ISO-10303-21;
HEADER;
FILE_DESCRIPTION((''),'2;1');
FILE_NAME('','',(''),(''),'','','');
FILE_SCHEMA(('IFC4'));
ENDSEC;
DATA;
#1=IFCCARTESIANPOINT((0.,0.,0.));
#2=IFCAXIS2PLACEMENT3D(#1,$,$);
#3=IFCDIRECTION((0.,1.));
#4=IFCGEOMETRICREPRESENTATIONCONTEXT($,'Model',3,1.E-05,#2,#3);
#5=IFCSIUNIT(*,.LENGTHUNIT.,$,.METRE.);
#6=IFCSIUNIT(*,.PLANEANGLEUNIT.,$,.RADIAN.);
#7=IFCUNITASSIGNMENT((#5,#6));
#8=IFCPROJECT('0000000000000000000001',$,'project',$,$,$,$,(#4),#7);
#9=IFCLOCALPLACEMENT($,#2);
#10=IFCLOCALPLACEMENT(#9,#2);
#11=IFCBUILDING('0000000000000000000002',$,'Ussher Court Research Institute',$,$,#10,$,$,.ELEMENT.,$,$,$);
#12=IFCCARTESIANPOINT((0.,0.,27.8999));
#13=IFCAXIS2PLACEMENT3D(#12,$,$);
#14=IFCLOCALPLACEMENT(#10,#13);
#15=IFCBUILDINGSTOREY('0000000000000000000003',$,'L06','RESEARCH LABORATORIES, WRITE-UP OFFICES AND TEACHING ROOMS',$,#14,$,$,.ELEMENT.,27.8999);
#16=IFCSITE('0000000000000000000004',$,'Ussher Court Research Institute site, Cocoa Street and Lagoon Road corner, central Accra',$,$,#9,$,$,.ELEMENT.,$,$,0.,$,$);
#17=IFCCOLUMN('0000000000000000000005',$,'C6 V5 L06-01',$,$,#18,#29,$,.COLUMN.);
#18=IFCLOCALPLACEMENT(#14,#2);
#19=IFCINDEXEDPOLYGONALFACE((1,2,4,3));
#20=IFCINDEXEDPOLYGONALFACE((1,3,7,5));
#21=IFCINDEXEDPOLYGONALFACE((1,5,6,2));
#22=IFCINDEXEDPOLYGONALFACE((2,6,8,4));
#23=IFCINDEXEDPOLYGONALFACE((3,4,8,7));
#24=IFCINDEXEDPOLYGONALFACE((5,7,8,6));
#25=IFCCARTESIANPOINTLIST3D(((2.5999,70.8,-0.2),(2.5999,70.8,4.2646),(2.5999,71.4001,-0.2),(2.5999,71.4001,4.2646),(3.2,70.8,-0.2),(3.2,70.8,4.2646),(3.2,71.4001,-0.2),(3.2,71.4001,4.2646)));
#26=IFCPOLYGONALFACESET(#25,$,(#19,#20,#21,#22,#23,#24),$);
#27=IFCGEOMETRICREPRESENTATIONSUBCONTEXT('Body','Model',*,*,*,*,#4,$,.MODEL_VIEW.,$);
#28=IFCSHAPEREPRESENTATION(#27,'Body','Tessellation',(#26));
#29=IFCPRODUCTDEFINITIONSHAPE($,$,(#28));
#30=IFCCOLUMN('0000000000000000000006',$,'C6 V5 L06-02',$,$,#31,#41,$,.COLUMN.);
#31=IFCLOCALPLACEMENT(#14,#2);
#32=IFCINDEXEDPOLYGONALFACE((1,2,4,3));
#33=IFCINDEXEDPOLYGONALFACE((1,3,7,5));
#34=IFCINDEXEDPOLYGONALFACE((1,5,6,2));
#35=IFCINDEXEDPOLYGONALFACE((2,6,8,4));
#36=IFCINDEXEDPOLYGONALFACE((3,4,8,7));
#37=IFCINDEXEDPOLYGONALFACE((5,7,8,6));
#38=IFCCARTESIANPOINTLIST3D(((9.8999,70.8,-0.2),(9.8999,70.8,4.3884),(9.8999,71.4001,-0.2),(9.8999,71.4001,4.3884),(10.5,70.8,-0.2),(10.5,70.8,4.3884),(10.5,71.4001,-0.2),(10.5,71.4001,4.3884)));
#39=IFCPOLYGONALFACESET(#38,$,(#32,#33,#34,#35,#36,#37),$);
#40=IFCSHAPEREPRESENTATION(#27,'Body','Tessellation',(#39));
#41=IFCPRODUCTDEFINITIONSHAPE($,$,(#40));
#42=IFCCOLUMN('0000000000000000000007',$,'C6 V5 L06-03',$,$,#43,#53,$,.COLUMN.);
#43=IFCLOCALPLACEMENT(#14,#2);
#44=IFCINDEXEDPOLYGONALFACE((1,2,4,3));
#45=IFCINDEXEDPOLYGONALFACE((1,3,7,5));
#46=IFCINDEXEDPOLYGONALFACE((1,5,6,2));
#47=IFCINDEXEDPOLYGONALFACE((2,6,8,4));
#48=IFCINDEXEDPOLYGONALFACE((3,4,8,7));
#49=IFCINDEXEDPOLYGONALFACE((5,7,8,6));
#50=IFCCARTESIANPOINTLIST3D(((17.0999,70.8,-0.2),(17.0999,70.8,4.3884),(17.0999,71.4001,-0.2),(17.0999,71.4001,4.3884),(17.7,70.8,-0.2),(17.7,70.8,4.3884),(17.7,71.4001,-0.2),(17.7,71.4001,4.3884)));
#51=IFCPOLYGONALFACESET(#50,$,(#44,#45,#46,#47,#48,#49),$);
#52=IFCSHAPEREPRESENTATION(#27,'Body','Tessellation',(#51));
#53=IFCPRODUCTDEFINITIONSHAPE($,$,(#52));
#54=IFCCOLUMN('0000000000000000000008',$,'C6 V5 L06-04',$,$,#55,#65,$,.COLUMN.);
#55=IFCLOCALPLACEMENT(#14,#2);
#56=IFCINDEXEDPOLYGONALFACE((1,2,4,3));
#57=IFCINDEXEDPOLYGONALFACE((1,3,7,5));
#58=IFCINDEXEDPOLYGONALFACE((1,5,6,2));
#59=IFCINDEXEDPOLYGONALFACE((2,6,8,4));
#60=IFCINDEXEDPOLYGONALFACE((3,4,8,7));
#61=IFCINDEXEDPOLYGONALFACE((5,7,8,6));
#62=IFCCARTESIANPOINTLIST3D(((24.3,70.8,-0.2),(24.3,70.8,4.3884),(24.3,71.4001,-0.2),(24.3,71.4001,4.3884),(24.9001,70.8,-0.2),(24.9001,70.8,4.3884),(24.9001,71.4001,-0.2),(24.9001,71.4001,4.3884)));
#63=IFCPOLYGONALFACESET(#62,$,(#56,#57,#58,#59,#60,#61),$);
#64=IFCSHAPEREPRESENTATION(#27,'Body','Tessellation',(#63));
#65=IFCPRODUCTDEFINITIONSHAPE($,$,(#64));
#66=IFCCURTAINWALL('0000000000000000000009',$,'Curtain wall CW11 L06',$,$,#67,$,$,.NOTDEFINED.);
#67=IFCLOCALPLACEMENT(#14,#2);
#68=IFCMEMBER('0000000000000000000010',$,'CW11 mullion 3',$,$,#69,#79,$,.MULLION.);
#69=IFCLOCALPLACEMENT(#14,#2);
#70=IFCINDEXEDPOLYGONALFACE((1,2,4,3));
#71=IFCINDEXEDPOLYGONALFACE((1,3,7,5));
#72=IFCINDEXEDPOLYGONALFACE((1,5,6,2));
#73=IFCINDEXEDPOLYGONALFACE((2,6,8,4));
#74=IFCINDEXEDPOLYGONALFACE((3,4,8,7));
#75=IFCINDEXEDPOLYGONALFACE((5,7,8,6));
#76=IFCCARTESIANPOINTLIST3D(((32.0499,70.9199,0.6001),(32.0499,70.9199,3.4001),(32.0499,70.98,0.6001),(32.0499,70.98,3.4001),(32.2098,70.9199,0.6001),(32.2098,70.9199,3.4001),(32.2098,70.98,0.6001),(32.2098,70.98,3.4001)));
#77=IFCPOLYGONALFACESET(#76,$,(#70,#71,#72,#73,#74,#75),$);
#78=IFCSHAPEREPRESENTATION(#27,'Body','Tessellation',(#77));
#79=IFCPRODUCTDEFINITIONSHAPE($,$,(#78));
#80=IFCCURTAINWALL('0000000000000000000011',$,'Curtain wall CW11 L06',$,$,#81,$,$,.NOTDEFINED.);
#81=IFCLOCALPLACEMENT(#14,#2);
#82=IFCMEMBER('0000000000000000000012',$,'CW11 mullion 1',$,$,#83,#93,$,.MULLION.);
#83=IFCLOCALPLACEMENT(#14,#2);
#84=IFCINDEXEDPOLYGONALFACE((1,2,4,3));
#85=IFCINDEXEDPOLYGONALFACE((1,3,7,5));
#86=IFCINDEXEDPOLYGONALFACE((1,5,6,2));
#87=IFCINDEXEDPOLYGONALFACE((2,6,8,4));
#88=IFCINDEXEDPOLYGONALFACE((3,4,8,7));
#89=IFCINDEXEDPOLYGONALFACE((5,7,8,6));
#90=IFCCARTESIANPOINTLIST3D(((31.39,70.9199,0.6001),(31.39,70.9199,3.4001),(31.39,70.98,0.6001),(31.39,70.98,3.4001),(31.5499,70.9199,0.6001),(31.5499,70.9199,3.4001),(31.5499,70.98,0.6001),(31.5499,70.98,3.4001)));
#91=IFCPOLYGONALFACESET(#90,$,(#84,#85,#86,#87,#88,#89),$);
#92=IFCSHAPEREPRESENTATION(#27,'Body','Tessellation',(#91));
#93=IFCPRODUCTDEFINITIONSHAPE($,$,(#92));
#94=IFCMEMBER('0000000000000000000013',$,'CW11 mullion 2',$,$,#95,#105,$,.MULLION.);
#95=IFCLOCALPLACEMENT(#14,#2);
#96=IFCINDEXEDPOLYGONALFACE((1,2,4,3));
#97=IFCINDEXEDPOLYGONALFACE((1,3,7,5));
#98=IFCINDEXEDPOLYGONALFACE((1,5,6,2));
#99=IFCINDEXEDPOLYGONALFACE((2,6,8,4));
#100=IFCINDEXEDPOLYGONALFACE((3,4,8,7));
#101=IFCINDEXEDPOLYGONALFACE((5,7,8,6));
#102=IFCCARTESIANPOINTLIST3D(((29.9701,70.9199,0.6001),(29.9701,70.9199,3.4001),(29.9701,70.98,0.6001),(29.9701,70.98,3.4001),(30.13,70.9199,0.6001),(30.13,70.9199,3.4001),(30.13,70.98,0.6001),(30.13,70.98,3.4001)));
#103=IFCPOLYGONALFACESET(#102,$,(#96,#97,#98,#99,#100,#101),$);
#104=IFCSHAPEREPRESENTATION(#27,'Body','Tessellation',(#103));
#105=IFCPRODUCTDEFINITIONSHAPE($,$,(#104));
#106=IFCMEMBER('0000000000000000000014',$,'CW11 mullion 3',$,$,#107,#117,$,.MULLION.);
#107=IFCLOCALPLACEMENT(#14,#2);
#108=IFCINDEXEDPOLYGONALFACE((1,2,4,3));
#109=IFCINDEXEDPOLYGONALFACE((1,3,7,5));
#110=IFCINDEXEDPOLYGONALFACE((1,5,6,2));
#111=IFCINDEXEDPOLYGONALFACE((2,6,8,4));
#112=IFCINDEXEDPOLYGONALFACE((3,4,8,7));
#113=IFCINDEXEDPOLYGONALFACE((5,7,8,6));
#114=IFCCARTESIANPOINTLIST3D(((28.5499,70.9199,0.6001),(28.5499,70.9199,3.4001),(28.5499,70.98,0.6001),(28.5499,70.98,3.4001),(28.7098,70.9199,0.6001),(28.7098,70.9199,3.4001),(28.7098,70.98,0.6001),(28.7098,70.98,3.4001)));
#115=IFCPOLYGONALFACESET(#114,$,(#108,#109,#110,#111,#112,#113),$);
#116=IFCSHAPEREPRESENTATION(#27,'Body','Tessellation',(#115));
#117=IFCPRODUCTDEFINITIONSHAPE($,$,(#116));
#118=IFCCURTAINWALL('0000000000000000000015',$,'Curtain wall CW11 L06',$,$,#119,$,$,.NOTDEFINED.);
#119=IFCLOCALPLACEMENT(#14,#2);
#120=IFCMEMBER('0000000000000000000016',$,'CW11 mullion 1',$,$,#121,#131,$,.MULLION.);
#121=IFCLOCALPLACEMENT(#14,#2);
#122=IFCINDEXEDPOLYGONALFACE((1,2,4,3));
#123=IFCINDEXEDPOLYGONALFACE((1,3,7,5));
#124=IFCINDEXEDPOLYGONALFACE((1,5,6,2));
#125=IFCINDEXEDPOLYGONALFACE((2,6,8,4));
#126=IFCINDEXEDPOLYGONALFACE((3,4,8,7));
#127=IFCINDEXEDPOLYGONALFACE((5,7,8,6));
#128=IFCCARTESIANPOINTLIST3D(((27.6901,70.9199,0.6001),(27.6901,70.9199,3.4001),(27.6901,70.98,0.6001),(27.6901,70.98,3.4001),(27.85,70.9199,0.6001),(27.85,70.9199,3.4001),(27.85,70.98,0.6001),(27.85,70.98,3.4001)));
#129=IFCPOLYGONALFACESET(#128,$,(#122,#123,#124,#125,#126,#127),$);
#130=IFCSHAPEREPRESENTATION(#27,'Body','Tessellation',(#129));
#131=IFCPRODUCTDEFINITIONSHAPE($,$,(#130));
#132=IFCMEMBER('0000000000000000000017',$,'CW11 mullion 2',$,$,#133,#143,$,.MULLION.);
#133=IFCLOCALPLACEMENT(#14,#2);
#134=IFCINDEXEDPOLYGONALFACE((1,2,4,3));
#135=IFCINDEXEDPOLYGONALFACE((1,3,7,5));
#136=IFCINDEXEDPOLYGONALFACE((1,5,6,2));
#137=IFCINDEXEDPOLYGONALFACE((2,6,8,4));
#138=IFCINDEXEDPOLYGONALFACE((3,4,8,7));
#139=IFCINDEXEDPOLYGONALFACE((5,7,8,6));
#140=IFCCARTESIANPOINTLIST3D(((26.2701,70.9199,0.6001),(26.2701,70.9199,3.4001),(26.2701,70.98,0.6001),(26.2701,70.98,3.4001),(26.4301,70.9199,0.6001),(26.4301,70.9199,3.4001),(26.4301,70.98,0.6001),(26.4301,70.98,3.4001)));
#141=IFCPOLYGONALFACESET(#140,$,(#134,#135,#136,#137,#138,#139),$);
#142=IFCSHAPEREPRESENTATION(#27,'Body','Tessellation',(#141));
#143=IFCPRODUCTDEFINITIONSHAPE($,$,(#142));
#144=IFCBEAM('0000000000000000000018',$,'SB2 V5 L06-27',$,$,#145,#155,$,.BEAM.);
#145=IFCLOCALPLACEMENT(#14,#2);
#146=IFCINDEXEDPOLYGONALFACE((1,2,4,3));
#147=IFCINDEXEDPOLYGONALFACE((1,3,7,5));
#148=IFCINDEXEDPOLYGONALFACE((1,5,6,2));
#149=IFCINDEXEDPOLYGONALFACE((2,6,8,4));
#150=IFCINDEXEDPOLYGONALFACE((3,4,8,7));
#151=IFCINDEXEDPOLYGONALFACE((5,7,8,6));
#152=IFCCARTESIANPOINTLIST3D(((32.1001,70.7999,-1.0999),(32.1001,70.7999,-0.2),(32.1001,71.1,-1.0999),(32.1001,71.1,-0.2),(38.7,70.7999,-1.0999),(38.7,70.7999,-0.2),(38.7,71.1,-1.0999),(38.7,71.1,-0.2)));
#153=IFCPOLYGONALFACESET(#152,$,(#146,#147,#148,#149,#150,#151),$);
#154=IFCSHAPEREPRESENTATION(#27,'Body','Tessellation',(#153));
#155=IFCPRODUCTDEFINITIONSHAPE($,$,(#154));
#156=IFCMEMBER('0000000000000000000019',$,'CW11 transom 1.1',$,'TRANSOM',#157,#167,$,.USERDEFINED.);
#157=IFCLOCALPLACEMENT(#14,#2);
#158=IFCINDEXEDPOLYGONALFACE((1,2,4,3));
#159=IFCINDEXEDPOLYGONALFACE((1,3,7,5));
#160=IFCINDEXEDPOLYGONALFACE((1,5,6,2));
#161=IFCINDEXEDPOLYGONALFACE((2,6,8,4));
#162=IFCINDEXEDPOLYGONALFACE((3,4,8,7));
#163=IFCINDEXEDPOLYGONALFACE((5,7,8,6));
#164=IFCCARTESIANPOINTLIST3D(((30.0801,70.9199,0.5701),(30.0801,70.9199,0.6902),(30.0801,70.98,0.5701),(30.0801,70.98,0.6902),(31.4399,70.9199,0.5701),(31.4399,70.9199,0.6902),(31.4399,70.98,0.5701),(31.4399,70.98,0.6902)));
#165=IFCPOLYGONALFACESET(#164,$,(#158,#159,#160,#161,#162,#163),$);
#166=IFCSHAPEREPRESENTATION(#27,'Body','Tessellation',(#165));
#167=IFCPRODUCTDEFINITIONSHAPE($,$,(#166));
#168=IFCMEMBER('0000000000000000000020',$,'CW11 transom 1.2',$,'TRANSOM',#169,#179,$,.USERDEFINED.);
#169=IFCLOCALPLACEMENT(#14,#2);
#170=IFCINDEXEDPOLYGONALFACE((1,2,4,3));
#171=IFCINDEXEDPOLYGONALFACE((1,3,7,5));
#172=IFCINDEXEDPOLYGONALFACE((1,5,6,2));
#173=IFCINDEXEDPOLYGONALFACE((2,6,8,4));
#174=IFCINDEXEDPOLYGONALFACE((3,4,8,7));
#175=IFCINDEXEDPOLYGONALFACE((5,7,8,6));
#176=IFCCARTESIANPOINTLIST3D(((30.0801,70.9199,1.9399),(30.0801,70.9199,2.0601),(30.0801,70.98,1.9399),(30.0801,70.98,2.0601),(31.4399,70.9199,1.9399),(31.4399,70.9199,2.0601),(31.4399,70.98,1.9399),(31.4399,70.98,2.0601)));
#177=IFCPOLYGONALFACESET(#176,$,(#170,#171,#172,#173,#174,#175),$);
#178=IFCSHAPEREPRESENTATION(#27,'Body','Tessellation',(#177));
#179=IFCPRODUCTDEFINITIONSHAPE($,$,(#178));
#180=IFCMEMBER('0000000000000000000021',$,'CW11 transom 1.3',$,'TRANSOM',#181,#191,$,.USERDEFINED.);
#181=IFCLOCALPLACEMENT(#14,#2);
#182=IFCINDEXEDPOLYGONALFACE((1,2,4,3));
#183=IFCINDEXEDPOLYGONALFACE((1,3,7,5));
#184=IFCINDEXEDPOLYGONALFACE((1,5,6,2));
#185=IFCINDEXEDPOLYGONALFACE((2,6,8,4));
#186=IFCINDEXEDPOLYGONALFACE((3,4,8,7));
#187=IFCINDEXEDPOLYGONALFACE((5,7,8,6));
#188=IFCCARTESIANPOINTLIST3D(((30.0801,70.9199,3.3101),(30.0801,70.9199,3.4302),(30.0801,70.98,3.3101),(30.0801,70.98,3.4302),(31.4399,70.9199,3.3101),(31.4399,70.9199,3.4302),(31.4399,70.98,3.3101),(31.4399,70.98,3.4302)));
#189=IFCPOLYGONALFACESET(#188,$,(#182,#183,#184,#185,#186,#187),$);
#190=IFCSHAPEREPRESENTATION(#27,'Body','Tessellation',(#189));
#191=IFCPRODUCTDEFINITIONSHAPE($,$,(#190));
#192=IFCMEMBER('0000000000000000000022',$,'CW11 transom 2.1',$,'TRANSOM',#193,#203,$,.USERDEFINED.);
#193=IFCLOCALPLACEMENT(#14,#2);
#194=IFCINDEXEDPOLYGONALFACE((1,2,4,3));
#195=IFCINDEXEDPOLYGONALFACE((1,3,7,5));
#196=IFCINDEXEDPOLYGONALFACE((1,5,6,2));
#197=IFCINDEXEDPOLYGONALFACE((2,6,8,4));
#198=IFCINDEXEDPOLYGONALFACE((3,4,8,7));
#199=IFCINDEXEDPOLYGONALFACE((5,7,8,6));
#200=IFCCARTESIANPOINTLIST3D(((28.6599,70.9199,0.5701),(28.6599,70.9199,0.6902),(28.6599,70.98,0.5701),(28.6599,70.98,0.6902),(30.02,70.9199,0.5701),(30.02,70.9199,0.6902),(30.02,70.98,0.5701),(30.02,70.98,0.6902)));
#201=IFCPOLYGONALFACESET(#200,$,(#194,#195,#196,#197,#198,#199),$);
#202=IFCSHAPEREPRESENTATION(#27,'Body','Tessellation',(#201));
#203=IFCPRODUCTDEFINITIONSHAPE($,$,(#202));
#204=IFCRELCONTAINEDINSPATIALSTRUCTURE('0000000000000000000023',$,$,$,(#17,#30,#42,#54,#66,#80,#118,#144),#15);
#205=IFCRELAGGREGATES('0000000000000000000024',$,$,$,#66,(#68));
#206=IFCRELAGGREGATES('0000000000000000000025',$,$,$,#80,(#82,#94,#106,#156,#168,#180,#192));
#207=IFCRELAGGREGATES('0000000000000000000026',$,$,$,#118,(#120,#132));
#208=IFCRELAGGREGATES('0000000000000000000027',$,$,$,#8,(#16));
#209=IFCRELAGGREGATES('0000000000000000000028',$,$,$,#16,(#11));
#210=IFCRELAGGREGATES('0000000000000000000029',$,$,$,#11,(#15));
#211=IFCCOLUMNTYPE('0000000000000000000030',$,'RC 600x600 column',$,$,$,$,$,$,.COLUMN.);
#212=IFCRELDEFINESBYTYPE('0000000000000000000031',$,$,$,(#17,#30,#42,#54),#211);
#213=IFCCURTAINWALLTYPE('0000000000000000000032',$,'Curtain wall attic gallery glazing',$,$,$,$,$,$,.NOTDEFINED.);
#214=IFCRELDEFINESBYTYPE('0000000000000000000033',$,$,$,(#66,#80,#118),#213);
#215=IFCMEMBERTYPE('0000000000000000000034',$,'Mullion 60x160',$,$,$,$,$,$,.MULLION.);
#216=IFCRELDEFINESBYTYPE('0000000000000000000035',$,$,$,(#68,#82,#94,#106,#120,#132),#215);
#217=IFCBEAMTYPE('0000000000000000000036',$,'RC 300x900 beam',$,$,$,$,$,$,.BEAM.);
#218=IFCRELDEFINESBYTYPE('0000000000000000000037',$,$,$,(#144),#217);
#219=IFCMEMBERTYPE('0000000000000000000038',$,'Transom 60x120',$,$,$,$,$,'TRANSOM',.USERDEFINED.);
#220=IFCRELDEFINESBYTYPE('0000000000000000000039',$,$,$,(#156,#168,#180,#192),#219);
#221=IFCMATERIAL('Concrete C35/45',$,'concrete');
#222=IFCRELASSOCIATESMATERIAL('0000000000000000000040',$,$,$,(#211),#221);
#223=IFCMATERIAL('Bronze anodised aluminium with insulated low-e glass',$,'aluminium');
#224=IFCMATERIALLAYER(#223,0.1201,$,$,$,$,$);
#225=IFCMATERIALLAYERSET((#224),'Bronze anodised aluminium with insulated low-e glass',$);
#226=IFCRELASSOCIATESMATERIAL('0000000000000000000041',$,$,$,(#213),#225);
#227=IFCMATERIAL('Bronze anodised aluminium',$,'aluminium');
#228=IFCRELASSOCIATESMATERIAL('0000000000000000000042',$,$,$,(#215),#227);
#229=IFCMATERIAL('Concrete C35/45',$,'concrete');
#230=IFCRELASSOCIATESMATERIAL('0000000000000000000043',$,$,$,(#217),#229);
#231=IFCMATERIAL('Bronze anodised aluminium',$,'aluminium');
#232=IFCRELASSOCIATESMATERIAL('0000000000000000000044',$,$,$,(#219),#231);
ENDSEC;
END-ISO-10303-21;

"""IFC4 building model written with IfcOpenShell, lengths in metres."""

from ifc_helpers import new_model, si_unit, direction, frame, origin, origin_2d, place, context, subcontext, project, spatial, rectangle, extrude, material, layer, layer_set, material_profile, profile_set, type_object, element, aggregate, save


model = new_model("IFC4")

# Units and contexts
model_context = context("Model", 3, precision=1e-05, world=origin(), true_north=direction((0.0, 1.0)))
body_context = subcontext(model_context, "Body", "Model", "MODEL_VIEW")
ifc_project = project(units=[si_unit("LENGTHUNIT", "METRE"), si_unit("PLANEANGLEUNIT", "RADIAN")], contexts=[model_context])

# Site, building, storey
site_placement = place(None, origin())
site = spatial("IfcSite", under=ifc_project, at=site_placement, Name="Ussher Court Research Institute site, Cocoa Street and Lagoon Road corner, central Accra", CompositionType="ELEMENT", RefElevation=0.0)
building_placement = place(site_placement, origin())
building = spatial("IfcBuilding", under=site, at=building_placement, Name="Ussher Court Research Institute", CompositionType="ELEMENT")
storey_placement = place(building_placement, frame((0.0, 0.0, 27.8999)))
storey = spatial("IfcBuildingStorey", under=building, at=storey_placement, Name="L06", Description="RESEARCH LABORATORIES, WRITE-UP OFFICES AND TEACHING ROOMS", CompositionType="ELEMENT", Elevation=27.8999)

# Columns
ifc_material_1 = material(Name="Concrete C35/45", Category="concrete")
ifc_material_profile_1 = material_profile(ifc_material_1, rectangle(XDim=0.6001, YDim=0.6001, at=origin_2d()), Name="RC 600x600")
ifc_profile_set_1 = profile_set([ifc_material_profile_1], Name="Concrete C35/45")
column_type = type_object("IfcColumnType", Name="RC 600x600 column", PredefinedType="COLUMN", material=ifc_profile_set_1)
column_placement = place(storey_placement, frame((2.8999, 71.1001, -0.2), z_axis=(0.0, 0.0, 1.0), x_axis=(1.0, 0.0, 0.0)))
element("IfcColumn", 1, at=column_placement, inside=storey, type_object=column_type, Name="C6 V5 L06-01", PredefinedType="COLUMN", context=body_context, shape_type="SweptSolid", body=[
    extrude(rectangle(XDim=0.6001, YDim=0.6001, at=origin_2d()), origin(), (0.0, 0.0, 1.0), 4.4646),
])
for number, where, z_axis, x_axis, name in (
    (2, (10.2, 71.1001, -0.2), (0.0, 0.0, 1.0), (1.0, 0.0, 0.0), "C6 V5 L06-02"),
    (3, (17.3999, 71.1001, -0.2), (0.0, 0.0, 1.0), (1.0, 0.0, 0.0), "C6 V5 L06-03"),
    (4, (24.6001, 71.1001, -0.2), (0.0, 0.0, 1.0), (1.0, 0.0, 0.0), "C6 V5 L06-04"),
):
    element("IfcColumn", number, at=place(storey_placement, frame(where, z_axis=z_axis, x_axis=x_axis)), inside=storey, type_object=column_type, Name=name, PredefinedType="COLUMN", context=body_context, shape_type="SweptSolid", body=[
        extrude(rectangle(XDim=0.6001, YDim=0.6001, at=origin_2d()), origin(), (0.0, 0.0, 1.0), 4.5884),
    ])

# Curtain wall, member
ifc_material_2 = material(Name="Bronze anodised aluminium with insulated low-e glass", Category="aluminium")
ifc_layer_1 = layer(ifc_material_2, 0.1201)
ifc_layer_set_1 = layer_set([ifc_layer_1], Name="Bronze anodised aluminium with insulated low-e glass")
curtain_wall_type = type_object("IfcCurtainWallType", Name="Curtain wall attic gallery glazing", PredefinedType="NOTDEFINED", material=ifc_layer_set_1)
curtain_wall_1_placement = place(storey_placement, origin())
curtain_wall_1 = element("IfcCurtainWall", 5, at=curtain_wall_1_placement, inside=storey, type_object=curtain_wall_type, Name="Curtain wall CW11 L06", PredefinedType="NOTDEFINED")
ifc_material_3 = material(Name="Bronze anodised aluminium", Category="aluminium")
ifc_material_profile_2 = material_profile(ifc_material_3, rectangle(XDim=0.0601, YDim=0.1599, at=origin_2d()), Name="Mullion 60x160")
ifc_profile_set_2 = profile_set([ifc_material_profile_2], Name="Bronze anodised aluminium")
member_type_1 = type_object("IfcMemberType", Name="Mullion 60x160", PredefinedType="MULLION", material=ifc_profile_set_2)
member_1_placement = place(storey_placement, frame((32.1299, 70.95, 0.6001), z_axis=(0.0, 0.0, 1.0), x_axis=(0.0, -1.0, 0.0)))
member_1 = element("IfcMember", 6, at=member_1_placement, type_object=member_type_1, Name="CW11 mullion 3", PredefinedType="MULLION", context=body_context, shape_type="SweptSolid", body=[
    extrude(rectangle(XDim=0.0601, YDim=0.1599, at=origin_2d()), origin(), (0.0, 0.0, 1.0), 2.8),
])

# Curtain walls, members
curtain_wall_2_placement = place(storey_placement, origin())
curtain_wall_2 = element("IfcCurtainWall", 7, at=curtain_wall_2_placement, inside=storey, type_object=curtain_wall_type, Name="Curtain wall CW11 L06", PredefinedType="NOTDEFINED")
member_2_placement = place(storey_placement, frame((31.47, 70.95, 0.6001), z_axis=(0.0, 0.0, 1.0), x_axis=(0.0, -1.0, 0.0)))
member_2 = element("IfcMember", 8, at=member_2_placement, type_object=member_type_1, Name="CW11 mullion 1", PredefinedType="MULLION", context=body_context, shape_type="SweptSolid", body=[
    extrude(rectangle(XDim=0.0601, YDim=0.1599, at=origin_2d()), origin(), (0.0, 0.0, 1.0), 2.8),
])
member_3_placement = place(storey_placement, frame((30.05, 70.95, 0.6001), z_axis=(0.0, 0.0, 1.0), x_axis=(0.0, -1.0, 0.0)))
member_3 = element("IfcMember", 9, at=member_3_placement, type_object=member_type_1, Name="CW11 mullion 2", PredefinedType="MULLION", context=body_context, shape_type="SweptSolid", body=[
    extrude(rectangle(XDim=0.0601, YDim=0.1599, at=origin_2d()), origin(), (0.0, 0.0, 1.0), 2.8),
])
member_4_placement = place(storey_placement, frame((28.6299, 70.95, 0.6001), z_axis=(0.0, 0.0, 1.0), x_axis=(0.0, -1.0, 0.0)))
member_4 = element("IfcMember", 10, at=member_4_placement, type_object=member_type_1, Name="CW11 mullion 3", PredefinedType="MULLION", context=body_context, shape_type="SweptSolid", body=[
    extrude(rectangle(XDim=0.0601, YDim=0.1599, at=origin_2d()), origin(), (0.0, 0.0, 1.0), 2.8),
])
curtain_wall_3_placement = place(storey_placement, origin())
curtain_wall_3 = element("IfcCurtainWall", 11, at=curtain_wall_3_placement, inside=storey, type_object=curtain_wall_type, Name="Curtain wall CW11 L06", PredefinedType="NOTDEFINED")
member_5_placement = place(storey_placement, frame((27.77, 70.95, 0.6001), z_axis=(0.0, 0.0, 1.0), x_axis=(0.0, -1.0, 0.0)))
member_5 = element("IfcMember", 12, at=member_5_placement, type_object=member_type_1, Name="CW11 mullion 1", PredefinedType="MULLION", context=body_context, shape_type="SweptSolid", body=[
    extrude(rectangle(XDim=0.0601, YDim=0.1599, at=origin_2d()), origin(), (0.0, 0.0, 1.0), 2.8),
])
member_6_placement = place(storey_placement, frame((26.3501, 70.95, 0.6001), z_axis=(0.0, 0.0, 1.0), x_axis=(0.0, -1.0, 0.0)))
member_6 = element("IfcMember", 13, at=member_6_placement, type_object=member_type_1, Name="CW11 mullion 2", PredefinedType="MULLION", context=body_context, shape_type="SweptSolid", body=[
    extrude(rectangle(XDim=0.0601, YDim=0.1599, at=origin_2d()), origin(), (0.0, 0.0, 1.0), 2.8),
])

# Beam
ifc_material_4 = material(Name="Concrete C35/45", Category="concrete")
ifc_material_profile_3 = material_profile(ifc_material_4, rectangle(XDim=0.3, YDim=0.8999, at=origin_2d()), Name="RC 300x900")
ifc_profile_set_3 = profile_set([ifc_material_profile_3], Name="Concrete C35/45")
beam_type = type_object("IfcBeamType", Name="RC 300x900 beam", PredefinedType="BEAM", material=ifc_profile_set_3)
beam_placement = place(storey_placement, frame((32.1001, 70.95, -0.6499), z_axis=(1.0, 0.0, 0.0), x_axis=(0.0, 1.0, 0.0)))
element("IfcBeam", 14, at=beam_placement, inside=storey, type_object=beam_type, Name="SB2 V5 L06-27", PredefinedType="BEAM", context=body_context, shape_type="SweptSolid", body=[
    extrude(rectangle(XDim=0.3, YDim=0.8999, at=origin_2d()), origin(), (0.0, 0.0, 1.0), 6.5999),
])

# Members
ifc_material_5 = material(Name="Bronze anodised aluminium", Category="aluminium")
ifc_material_profile_4 = material_profile(ifc_material_5, rectangle(XDim=0.0601, YDim=0.1201, at=origin_2d()), Name="Transom 60x120")
ifc_profile_set_4 = profile_set([ifc_material_profile_4], Name="Bronze anodised aluminium")
member_type_2 = type_object("IfcMemberType", Name="Transom 60x120", ElementType="TRANSOM", PredefinedType="USERDEFINED", material=ifc_profile_set_4)
member_7_placement = place(storey_placement, frame((31.4399, 70.95, 0.6301), z_axis=(-1.0, 0.0, 0.0), x_axis=(0.0, -1.0, 0.0)))
member_7 = element("IfcMember", 15, at=member_7_placement, type_object=member_type_2, Name="CW11 transom 1.1", ObjectType="TRANSOM", PredefinedType="USERDEFINED", context=body_context, shape_type="SweptSolid", body=[
    extrude(rectangle(XDim=0.0601, YDim=0.1201, at=origin_2d()), origin(), (0.0, 0.0, 1.0), 1.3599),
])
member_8_placement = place(storey_placement, frame((31.4399, 70.95, 2.0), z_axis=(-1.0, 0.0, 0.0), x_axis=(0.0, -1.0, 0.0)))
member_8 = element("IfcMember", 16, at=member_8_placement, type_object=member_type_2, Name="CW11 transom 1.2", ObjectType="TRANSOM", PredefinedType="USERDEFINED", context=body_context, shape_type="SweptSolid", body=[
    extrude(rectangle(XDim=0.0601, YDim=0.1201, at=origin_2d()), origin(), (0.0, 0.0, 1.0), 1.3599),
])
member_9_placement = place(storey_placement, frame((31.4399, 70.95, 3.3701), z_axis=(-1.0, 0.0, 0.0), x_axis=(0.0, -1.0, 0.0)))
member_9 = element("IfcMember", 17, at=member_9_placement, type_object=member_type_2, Name="CW11 transom 1.3", ObjectType="TRANSOM", PredefinedType="USERDEFINED", context=body_context, shape_type="SweptSolid", body=[
    extrude(rectangle(XDim=0.0601, YDim=0.1201, at=origin_2d()), origin(), (0.0, 0.0, 1.0), 1.3599),
])
member_10_placement = place(storey_placement, frame((30.02, 70.95, 0.6301), z_axis=(-1.0, 0.0, 0.0), x_axis=(0.0, -1.0, 0.0)))
member_10 = element("IfcMember", 18, at=member_10_placement, type_object=member_type_2, Name="CW11 transom 2.1", ObjectType="TRANSOM", PredefinedType="USERDEFINED", context=body_context, shape_type="SweptSolid", body=[
    extrude(rectangle(XDim=0.0601, YDim=0.1201, at=origin_2d()), origin(), (0.0, 0.0, 1.0), 1.3601),
])

aggregate(curtain_wall_1, [member_1])
aggregate(curtain_wall_2, [member_2, member_3, member_4, member_7, member_8, member_9, member_10])
aggregate(curtain_wall_3, [member_5, member_6])

save(model, "model.ifc")
